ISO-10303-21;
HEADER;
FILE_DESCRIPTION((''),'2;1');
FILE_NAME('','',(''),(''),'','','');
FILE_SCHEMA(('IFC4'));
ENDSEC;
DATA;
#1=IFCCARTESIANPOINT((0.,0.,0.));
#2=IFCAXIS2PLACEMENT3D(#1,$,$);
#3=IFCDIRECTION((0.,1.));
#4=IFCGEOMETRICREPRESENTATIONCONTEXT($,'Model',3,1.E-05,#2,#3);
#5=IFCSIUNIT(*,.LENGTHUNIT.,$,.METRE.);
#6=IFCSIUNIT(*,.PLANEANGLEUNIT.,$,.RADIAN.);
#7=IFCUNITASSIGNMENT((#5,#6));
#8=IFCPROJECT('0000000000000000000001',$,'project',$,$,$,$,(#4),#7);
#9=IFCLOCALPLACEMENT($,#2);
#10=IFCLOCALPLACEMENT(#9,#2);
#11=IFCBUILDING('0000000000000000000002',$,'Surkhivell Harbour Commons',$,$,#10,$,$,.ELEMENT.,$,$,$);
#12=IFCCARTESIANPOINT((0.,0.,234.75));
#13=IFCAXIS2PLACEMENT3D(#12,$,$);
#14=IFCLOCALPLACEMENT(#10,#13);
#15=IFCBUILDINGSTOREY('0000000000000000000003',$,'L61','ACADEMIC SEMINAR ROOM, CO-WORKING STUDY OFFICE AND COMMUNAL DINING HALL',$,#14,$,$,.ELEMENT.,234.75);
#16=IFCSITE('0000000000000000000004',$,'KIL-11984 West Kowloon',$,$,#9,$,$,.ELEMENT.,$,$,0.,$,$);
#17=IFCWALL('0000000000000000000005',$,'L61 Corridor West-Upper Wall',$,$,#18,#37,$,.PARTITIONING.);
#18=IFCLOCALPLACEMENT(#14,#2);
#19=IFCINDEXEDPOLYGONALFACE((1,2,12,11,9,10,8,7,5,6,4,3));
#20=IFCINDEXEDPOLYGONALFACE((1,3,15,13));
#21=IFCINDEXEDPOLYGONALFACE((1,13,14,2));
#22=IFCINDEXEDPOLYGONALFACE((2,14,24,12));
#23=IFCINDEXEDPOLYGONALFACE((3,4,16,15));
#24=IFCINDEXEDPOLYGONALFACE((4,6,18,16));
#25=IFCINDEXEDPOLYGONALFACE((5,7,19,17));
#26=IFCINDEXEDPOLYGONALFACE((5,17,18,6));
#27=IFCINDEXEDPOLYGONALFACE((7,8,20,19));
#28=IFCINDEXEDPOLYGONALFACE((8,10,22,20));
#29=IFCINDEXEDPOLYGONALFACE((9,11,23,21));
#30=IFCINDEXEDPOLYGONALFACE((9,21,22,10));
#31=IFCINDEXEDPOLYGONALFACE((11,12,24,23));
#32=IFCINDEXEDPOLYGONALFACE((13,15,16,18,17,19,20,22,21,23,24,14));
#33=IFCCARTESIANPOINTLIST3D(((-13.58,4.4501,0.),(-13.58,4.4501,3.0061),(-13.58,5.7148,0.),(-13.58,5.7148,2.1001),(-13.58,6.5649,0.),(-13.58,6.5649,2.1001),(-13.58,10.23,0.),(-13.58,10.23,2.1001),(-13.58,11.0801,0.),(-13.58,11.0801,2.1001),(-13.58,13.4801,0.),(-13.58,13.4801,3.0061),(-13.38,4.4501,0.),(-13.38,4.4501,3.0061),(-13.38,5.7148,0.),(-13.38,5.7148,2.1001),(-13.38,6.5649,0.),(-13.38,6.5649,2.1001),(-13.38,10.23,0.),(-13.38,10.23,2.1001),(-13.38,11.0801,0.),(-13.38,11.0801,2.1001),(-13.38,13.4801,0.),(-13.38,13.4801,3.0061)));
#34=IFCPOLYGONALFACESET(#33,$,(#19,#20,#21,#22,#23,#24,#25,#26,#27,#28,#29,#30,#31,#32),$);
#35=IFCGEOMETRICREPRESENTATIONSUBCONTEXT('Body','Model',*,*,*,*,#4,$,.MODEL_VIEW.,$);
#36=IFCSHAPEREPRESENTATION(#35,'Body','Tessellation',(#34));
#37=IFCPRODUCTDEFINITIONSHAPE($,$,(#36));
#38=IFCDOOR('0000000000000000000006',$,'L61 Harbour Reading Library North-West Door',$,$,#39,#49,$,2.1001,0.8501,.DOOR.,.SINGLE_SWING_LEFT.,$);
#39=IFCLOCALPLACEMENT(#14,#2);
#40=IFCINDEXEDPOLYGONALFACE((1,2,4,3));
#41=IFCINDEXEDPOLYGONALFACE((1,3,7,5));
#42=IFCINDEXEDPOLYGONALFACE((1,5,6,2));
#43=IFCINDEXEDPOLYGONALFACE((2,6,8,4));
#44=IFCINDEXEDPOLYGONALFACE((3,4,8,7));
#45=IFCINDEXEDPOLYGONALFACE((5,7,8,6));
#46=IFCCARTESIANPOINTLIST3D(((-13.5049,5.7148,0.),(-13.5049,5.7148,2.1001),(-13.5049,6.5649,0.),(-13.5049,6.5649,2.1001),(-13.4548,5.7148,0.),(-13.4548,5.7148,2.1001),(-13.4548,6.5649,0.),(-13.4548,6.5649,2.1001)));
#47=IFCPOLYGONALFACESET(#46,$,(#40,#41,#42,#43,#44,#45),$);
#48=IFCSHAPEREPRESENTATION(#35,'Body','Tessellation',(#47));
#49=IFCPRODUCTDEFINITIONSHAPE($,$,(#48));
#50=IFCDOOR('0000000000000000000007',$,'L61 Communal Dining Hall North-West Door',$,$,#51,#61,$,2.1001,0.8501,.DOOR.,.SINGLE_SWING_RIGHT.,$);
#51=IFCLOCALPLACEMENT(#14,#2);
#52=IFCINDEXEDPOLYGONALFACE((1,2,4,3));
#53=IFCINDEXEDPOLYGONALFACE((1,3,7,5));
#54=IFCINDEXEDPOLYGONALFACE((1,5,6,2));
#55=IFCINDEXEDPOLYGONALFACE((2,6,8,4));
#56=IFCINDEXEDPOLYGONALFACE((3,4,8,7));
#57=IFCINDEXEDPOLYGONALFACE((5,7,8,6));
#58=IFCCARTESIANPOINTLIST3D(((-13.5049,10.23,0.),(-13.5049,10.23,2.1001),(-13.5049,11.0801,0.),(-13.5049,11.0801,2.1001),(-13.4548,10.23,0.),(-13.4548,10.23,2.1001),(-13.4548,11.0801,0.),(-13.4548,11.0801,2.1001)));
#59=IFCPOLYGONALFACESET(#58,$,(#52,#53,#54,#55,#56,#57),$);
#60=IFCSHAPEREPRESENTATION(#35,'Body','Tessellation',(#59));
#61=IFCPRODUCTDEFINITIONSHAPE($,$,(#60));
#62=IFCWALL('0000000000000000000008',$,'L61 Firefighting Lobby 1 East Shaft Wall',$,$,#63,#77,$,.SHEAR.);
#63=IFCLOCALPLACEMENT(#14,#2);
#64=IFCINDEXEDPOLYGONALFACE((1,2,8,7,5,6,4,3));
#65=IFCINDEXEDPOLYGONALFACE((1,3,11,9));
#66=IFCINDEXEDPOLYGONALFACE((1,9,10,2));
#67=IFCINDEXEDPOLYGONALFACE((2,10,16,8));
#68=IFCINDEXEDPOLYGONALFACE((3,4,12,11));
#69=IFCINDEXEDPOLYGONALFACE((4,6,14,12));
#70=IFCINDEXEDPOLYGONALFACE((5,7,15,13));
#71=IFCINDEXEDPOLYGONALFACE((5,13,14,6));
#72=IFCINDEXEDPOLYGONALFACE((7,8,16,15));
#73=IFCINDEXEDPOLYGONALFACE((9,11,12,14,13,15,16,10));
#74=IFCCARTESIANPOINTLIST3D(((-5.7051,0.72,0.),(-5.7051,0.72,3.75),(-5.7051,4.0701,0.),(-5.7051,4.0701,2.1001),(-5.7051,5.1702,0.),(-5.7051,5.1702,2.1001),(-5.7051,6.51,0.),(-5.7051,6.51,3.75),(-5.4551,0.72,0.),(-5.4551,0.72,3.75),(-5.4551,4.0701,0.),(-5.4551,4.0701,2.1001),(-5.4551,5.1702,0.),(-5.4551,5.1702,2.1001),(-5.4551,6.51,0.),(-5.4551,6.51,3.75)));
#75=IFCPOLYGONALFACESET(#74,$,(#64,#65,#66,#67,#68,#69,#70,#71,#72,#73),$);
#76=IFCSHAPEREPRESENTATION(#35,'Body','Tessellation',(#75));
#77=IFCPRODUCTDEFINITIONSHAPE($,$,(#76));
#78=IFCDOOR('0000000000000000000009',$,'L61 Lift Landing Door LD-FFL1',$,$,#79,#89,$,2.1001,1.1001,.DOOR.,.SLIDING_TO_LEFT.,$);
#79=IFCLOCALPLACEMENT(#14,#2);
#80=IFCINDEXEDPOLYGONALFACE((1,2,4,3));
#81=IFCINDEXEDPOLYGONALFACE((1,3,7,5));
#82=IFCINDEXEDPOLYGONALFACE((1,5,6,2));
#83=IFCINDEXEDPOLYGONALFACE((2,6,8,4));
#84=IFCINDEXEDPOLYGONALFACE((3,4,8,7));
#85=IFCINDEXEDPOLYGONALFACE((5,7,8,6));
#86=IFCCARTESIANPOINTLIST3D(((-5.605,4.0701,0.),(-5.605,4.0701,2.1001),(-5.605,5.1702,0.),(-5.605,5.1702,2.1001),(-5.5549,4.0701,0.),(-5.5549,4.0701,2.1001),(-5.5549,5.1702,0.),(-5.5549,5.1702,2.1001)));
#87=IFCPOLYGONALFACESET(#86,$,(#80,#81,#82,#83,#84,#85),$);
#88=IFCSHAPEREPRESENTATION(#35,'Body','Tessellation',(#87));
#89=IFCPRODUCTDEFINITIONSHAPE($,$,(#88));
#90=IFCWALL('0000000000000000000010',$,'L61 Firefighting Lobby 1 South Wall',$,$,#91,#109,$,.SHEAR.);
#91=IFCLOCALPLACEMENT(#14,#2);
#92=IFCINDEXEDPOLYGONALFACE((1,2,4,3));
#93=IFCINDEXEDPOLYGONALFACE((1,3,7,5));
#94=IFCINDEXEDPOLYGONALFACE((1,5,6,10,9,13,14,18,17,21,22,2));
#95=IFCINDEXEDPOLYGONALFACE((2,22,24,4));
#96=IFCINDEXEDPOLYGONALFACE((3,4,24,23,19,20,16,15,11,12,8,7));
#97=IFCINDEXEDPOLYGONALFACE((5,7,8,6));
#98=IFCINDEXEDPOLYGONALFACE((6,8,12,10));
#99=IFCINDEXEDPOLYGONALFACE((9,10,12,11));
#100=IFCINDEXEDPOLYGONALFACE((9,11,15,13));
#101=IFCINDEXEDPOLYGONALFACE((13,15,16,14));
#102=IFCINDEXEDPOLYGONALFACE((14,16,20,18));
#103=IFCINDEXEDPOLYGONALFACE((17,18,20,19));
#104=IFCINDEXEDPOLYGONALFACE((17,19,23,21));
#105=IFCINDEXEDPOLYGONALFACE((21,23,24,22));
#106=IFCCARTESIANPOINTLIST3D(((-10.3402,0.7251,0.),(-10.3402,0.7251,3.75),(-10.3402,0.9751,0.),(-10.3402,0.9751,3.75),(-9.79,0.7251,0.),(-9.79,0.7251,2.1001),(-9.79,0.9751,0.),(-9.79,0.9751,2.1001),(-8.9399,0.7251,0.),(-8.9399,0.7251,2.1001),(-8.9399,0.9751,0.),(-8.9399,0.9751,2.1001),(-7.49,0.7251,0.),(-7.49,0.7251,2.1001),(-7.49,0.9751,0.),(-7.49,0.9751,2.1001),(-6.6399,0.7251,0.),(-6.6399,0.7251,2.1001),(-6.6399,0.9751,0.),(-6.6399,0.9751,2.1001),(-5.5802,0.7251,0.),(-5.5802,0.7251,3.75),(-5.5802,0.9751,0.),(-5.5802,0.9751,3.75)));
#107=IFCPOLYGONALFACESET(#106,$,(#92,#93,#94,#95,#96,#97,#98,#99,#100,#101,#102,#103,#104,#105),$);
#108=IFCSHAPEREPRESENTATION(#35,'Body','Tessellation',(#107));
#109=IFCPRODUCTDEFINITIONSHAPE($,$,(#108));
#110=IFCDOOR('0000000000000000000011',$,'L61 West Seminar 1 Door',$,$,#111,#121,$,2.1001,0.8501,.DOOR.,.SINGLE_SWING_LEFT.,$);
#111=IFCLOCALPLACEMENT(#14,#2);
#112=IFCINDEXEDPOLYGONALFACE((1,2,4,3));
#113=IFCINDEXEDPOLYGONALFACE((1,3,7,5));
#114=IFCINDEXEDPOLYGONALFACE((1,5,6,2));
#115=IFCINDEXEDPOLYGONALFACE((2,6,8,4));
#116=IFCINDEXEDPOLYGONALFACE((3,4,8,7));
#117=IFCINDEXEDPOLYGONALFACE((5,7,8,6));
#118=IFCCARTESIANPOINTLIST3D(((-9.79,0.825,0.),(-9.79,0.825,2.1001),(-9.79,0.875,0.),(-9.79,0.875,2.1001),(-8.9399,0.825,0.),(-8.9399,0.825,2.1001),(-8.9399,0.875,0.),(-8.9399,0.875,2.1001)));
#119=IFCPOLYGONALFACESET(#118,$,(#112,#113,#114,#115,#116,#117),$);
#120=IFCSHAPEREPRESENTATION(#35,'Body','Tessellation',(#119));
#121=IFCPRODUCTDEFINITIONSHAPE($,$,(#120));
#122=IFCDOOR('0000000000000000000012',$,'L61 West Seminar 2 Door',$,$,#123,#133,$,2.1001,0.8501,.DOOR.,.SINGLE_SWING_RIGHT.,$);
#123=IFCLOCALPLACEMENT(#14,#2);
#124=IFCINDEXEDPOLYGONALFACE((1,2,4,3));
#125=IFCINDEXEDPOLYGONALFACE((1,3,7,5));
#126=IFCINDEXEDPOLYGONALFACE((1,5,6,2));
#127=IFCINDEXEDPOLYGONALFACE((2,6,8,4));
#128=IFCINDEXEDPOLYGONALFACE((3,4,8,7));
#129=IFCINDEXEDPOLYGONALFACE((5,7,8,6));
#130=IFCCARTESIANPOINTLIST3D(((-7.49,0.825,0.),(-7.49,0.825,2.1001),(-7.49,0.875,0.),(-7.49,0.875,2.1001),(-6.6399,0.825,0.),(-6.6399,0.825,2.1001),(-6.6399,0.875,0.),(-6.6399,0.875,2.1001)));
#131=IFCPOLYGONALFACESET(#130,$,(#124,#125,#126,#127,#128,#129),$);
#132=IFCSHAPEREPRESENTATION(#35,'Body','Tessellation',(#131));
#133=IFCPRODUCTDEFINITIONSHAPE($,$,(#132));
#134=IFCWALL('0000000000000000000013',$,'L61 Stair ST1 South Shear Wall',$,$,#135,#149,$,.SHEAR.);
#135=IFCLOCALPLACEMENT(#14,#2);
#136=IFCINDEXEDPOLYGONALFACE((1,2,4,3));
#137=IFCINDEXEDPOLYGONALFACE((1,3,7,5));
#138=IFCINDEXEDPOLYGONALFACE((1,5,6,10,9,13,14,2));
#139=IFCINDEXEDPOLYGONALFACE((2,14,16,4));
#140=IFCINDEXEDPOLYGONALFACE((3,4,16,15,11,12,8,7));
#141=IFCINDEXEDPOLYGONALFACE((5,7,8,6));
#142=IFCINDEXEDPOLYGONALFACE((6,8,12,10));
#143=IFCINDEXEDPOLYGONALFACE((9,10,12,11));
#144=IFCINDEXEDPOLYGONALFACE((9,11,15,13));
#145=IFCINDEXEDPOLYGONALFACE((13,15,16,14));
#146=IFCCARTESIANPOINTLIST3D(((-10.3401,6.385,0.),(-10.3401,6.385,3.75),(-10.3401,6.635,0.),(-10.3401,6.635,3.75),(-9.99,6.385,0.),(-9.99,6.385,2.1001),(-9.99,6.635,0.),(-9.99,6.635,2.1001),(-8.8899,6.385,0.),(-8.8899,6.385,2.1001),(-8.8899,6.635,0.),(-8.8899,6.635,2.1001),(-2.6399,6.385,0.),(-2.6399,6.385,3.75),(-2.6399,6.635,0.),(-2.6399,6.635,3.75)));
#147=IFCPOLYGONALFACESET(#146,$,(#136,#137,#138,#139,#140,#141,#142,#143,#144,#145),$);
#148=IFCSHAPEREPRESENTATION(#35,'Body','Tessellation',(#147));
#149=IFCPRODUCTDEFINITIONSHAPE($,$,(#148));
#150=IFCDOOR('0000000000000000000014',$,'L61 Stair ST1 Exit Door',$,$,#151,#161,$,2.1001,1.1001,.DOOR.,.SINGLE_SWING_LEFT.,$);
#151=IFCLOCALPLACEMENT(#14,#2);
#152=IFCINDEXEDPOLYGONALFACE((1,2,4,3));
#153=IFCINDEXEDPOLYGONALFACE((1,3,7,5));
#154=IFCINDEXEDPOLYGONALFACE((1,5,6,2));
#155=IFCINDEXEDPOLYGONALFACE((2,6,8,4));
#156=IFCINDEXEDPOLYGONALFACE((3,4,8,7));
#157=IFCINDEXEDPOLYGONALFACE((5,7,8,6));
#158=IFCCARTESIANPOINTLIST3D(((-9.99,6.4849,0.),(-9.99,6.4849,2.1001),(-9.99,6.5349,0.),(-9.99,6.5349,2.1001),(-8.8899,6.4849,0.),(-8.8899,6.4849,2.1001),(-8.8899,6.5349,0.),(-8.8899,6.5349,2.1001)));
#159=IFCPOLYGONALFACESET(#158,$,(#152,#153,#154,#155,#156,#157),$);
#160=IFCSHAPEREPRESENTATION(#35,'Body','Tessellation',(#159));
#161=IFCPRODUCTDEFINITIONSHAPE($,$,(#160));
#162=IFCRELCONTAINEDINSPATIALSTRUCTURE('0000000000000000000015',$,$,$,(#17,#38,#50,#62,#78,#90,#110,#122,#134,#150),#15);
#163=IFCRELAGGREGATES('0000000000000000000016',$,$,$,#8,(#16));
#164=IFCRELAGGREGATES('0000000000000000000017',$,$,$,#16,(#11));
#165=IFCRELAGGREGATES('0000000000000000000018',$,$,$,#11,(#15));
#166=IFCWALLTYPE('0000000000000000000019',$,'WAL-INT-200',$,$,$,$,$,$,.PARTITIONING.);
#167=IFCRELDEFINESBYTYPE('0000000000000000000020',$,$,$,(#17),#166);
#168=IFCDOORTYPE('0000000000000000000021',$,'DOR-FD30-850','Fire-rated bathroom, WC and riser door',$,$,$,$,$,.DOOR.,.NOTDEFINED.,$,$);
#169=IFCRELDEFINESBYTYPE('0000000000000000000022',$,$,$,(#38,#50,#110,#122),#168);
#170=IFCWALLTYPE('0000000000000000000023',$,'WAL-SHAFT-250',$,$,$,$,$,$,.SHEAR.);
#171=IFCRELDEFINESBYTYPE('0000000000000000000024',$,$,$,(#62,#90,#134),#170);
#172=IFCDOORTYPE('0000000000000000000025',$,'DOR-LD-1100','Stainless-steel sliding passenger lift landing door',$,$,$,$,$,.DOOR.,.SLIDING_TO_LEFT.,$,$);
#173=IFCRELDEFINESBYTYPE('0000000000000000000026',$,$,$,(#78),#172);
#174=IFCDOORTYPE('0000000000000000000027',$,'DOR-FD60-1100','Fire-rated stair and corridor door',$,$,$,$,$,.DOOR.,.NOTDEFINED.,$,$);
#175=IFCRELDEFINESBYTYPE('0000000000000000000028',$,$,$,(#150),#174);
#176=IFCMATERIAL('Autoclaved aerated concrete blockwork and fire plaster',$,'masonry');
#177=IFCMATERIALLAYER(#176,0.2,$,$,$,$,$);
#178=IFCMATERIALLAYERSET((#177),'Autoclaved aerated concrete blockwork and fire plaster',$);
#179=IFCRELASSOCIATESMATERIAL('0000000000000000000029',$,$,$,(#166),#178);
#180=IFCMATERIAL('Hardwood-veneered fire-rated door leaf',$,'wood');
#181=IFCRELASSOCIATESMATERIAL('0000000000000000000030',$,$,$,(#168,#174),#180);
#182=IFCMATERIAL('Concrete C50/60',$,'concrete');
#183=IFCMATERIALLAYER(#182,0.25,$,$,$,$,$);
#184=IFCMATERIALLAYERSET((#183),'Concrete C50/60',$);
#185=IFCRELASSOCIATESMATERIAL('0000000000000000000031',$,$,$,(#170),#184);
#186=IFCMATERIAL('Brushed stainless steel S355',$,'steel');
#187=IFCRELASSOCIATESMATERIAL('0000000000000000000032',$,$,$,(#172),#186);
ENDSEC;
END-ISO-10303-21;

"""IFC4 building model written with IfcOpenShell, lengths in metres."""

from ifc_helpers import new_model, si_unit, direction, frame, frame_2d, origin, place, context, subcontext, project, spatial, rectangle, extrude, material, layer, layer_set, type_object, element, fill, save


model = new_model("IFC4")

# Units and contexts
model_context = context("Model", 3, precision=1e-05, world=origin(), true_north=direction((0.0, 1.0)))
body_context = subcontext(model_context, "Body", "Model", "MODEL_VIEW")
ifc_project = project(units=[si_unit("LENGTHUNIT", "METRE"), si_unit("PLANEANGLEUNIT", "RADIAN")], contexts=[model_context])

# Site, building, storey
site_placement = place(None, origin())
site = spatial("IfcSite", under=ifc_project, at=site_placement, Name="KIL-11984 West Kowloon", CompositionType="ELEMENT", RefElevation=0.0)
building_placement = place(site_placement, origin())
building = spatial("IfcBuilding", under=site, at=building_placement, Name="Surkhivell Harbour Commons", CompositionType="ELEMENT")
storey_placement = place(building_placement, frame((0.0, 0.0, 234.75)))
storey = spatial("IfcBuildingStorey", under=building, at=storey_placement, Name="L61", Description="ACADEMIC SEMINAR ROOM, CO-WORKING STUDY OFFICE AND COMMUNAL DINING HALL", CompositionType="ELEMENT", Elevation=234.75)

# Shared definitions
ifc_material_1 = material(Name="Hardwood-veneered fire-rated door leaf", Category="wood")

# Wall, openings, doors
ifc_material_2 = material(Name="Autoclaved aerated concrete blockwork and fire plaster", Category="masonry")
ifc_layer_1 = layer(ifc_material_2, 0.2)
ifc_layer_set_1 = layer_set([ifc_layer_1], Name="Autoclaved aerated concrete blockwork and fire plaster")
wall_type_1 = type_object("IfcWallType", Name="WAL-INT-200", PredefinedType="PARTITIONING", material=ifc_layer_set_1)
wall_1_placement = place(storey_placement, frame((-13.48, 4.45, 0.0), z_axis=(0.0, 0.0, 1.0), x_axis=(0.0, 1.0, 0.0)))
wall_1 = element("IfcWall", 1, at=wall_1_placement, inside=storey, type_object=wall_type_1, Name="L61 Corridor West-Upper Wall", PredefinedType="PARTITIONING", context=body_context, shape_type="SweptSolid", body=[
    extrude(rectangle(XDim=9.03, YDim=0.2, at=frame_2d((4.5151, 0.0))), origin(), (0.0, 0.0, 1.0), 3.0061),
])
opening_1_placement = place(wall_1_placement, frame((1.2649, 0.0, 0.0)))
opening_1 = element("IfcOpeningElement", 2, at=opening_1_placement, cuts=wall_1, PredefinedType="OPENING", context=body_context, shape_type="SweptSolid", body=[
    extrude(rectangle(XDim=0.8501, YDim=2.1001, at=frame_2d((0.425, 1.05))), frame((0.0, 0.1099, 0.0), z_axis=(0.0, -1.0, 0.0), x_axis=(1.0, 0.0, 0.0)), (0.0, 0.0, 1.0), 0.22),
])
opening_2_placement = place(wall_1_placement, frame((5.78, 0.0, 0.0)))
opening_2 = element("IfcOpeningElement", 3, at=opening_2_placement, cuts=wall_1, PredefinedType="OPENING", context=body_context, shape_type="SweptSolid", body=[
    extrude(rectangle(XDim=0.8501, YDim=2.1001, at=frame_2d((0.425, 1.05))), frame((0.0, 0.1099, 0.0), z_axis=(0.0, -1.0, 0.0), x_axis=(1.0, 0.0, 0.0)), (0.0, 0.0, 1.0), 0.22),
])
door_type_1 = type_object("IfcDoorType", Name="DOR-FD30-850", Description="Fire-rated bathroom, WC and riser door", OperationType="NOTDEFINED", PredefinedType="DOOR", material=ifc_material_1)
door_1_placement = place(opening_1_placement, origin())
door_1 = element("IfcDoor", 4, at=door_1_placement, inside=storey, type_object=door_type_1, Name="L61 Harbour Reading Library North-West Door", OperationType="SINGLE_SWING_LEFT", OverallHeight=2.1001, OverallWidth=0.8501, PredefinedType="DOOR", context=body_context, shape_type="SweptSolid", body=[
    extrude(rectangle(XDim=0.8501, YDim=2.1001, at=frame_2d((0.425, 1.05))), frame((0.0, 0.0249, 0.0), z_axis=(0.0, -1.0, 0.0), x_axis=(1.0, 0.0, 0.0)), (0.0, 0.0, 1.0), 0.05),
])
fill(opening_1, door_1)
door_2_placement = place(opening_2_placement, origin())
door_2 = element("IfcDoor", 5, at=door_2_placement, inside=storey, type_object=door_type_1, Name="L61 Communal Dining Hall North-West Door", OperationType="SINGLE_SWING_RIGHT", OverallHeight=2.1001, OverallWidth=0.8501, PredefinedType="DOOR", context=body_context, shape_type="SweptSolid", body=[
    extrude(rectangle(XDim=0.8501, YDim=2.1001, at=frame_2d((0.425, 1.05))), frame((0.0, 0.0249, 0.0), z_axis=(0.0, -1.0, 0.0), x_axis=(1.0, 0.0, 0.0)), (0.0, 0.0, 1.0), 0.05),
])
fill(opening_2, door_2)

# Wall, opening, door
ifc_material_3 = material(Name="Concrete C50/60", Category="concrete")
ifc_layer_2 = layer(ifc_material_3, 0.25)
ifc_layer_set_2 = layer_set([ifc_layer_2], Name="Concrete C50/60")
wall_type_2 = type_object("IfcWallType", Name="WAL-SHAFT-250", PredefinedType="SHEAR", material=ifc_layer_set_2)
wall_2_placement = place(storey_placement, frame((-5.5801, 0.72, 0.0), z_axis=(0.0, 0.0, 1.0), x_axis=(0.0, 1.0, 0.0)))
wall_2 = element("IfcWall", 6, at=wall_2_placement, inside=storey, type_object=wall_type_2, Name="L61 Firefighting Lobby 1 East Shaft Wall", PredefinedType="SHEAR", context=body_context, shape_type="SweptSolid", body=[
    extrude(rectangle(XDim=5.79, YDim=0.25, at=frame_2d((2.895, 0.0))), origin(), (0.0, 0.0, 1.0), 3.75),
])
opening_3_placement = place(wall_2_placement, frame((3.3501, 0.0, 0.0)))
opening_3 = element("IfcOpeningElement", 7, at=opening_3_placement, cuts=wall_2, PredefinedType="OPENING", context=body_context, shape_type="SweptSolid", body=[
    extrude(rectangle(XDim=1.1001, YDim=2.1001, at=frame_2d((0.55, 1.05))), frame((0.0, 0.135, 0.0), z_axis=(0.0, -1.0, 0.0), x_axis=(1.0, 0.0, 0.0)), (0.0, 0.0, 1.0), 0.27),
])
ifc_material_4 = material(Name="Brushed stainless steel S355", Category="steel")
door_type_2 = type_object("IfcDoorType", Name="DOR-LD-1100", Description="Stainless-steel sliding passenger lift landing door", OperationType="SLIDING_TO_LEFT", PredefinedType="DOOR", material=ifc_material_4)
door_3_placement = place(opening_3_placement, origin())
door_3 = element("IfcDoor", 8, at=door_3_placement, inside=storey, type_object=door_type_2, Name="L61 Lift Landing Door LD-FFL1", OperationType="SLIDING_TO_LEFT", OverallHeight=2.1001, OverallWidth=1.1001, PredefinedType="DOOR", context=body_context, shape_type="SweptSolid", body=[
    extrude(rectangle(XDim=1.1001, YDim=2.1001, at=frame_2d((0.55, 1.05))), frame((0.0, 0.0249, 0.0), z_axis=(0.0, -1.0, 0.0), x_axis=(1.0, 0.0, 0.0)), (0.0, 0.0, 1.0), 0.05),
])
fill(opening_3, door_3)

# Wall, openings, doors
wall_3_placement = place(storey_placement, frame((-10.3401, 0.8501, 0.0), z_axis=(0.0, 0.0, 1.0), x_axis=(1.0, 0.0, 0.0)))
wall_3 = element("IfcWall", 9, at=wall_3_placement, inside=storey, type_object=wall_type_2, Name="L61 Firefighting Lobby 1 South Wall", PredefinedType="SHEAR", context=body_context, shape_type="SweptSolid", body=[
    extrude(rectangle(XDim=4.76, YDim=0.25, at=frame_2d((2.3799, 0.0))), origin(), (0.0, 0.0, 1.0), 3.75),
])
opening_4_placement = place(wall_3_placement, frame((0.55, 0.0, 0.0)))
opening_4 = element("IfcOpeningElement", 10, at=opening_4_placement, cuts=wall_3, PredefinedType="OPENING", context=body_context, shape_type="SweptSolid", body=[
    extrude(rectangle(XDim=0.8501, YDim=2.1001, at=frame_2d((0.425, 1.05))), frame((0.0, 0.135, 0.0), z_axis=(0.0, -1.0, 0.0), x_axis=(1.0, 0.0, 0.0)), (0.0, 0.0, 1.0), 0.27),
])
opening_5_placement = place(wall_3_placement, frame((2.8501, 0.0, 0.0)))
opening_5 = element("IfcOpeningElement", 11, at=opening_5_placement, cuts=wall_3, PredefinedType="OPENING", context=body_context, shape_type="SweptSolid", body=[
    extrude(rectangle(XDim=0.8501, YDim=2.1001, at=frame_2d((0.425, 1.05))), frame((0.0, 0.135, 0.0), z_axis=(0.0, -1.0, 0.0), x_axis=(1.0, 0.0, 0.0)), (0.0, 0.0, 1.0), 0.27),
])
door_4_placement = place(opening_4_placement, origin())
door_4 = element("IfcDoor", 12, at=door_4_placement, inside=storey, type_object=door_type_1, Name="L61 West Seminar 1 Door", OperationType="SINGLE_SWING_LEFT", OverallHeight=2.1001, OverallWidth=0.8501, PredefinedType="DOOR", context=body_context, shape_type="SweptSolid", body=[
    extrude(rectangle(XDim=0.8501, YDim=2.1001, at=frame_2d((0.425, 1.05))), frame((0.0, 0.0249, 0.0), z_axis=(0.0, -1.0, 0.0), x_axis=(1.0, 0.0, 0.0)), (0.0, 0.0, 1.0), 0.05),
])
fill(opening_4, door_4)
door_5_placement = place(opening_5_placement, origin())
door_5 = element("IfcDoor", 13, at=door_5_placement, inside=storey, type_object=door_type_1, Name="L61 West Seminar 2 Door", OperationType="SINGLE_SWING_RIGHT", OverallHeight=2.1001, OverallWidth=0.8501, PredefinedType="DOOR", context=body_context, shape_type="SweptSolid", body=[
    extrude(rectangle(XDim=0.8501, YDim=2.1001, at=frame_2d((0.425, 1.05))), frame((0.0, 0.0249, 0.0), z_axis=(0.0, -1.0, 0.0), x_axis=(1.0, 0.0, 0.0)), (0.0, 0.0, 1.0), 0.05),
])
fill(opening_5, door_5)

# Wall, opening, door
wall_4_placement = place(storey_placement, frame((-10.3401, 6.51, 0.0), z_axis=(0.0, 0.0, 1.0), x_axis=(1.0, 0.0, 0.0)))
wall_4 = element("IfcWall", 14, at=wall_4_placement, inside=storey, type_object=wall_type_2, Name="L61 Stair ST1 South Shear Wall", PredefinedType="SHEAR", context=body_context, shape_type="SweptSolid", body=[
    extrude(rectangle(XDim=7.7002, YDim=0.25, at=frame_2d((3.8501, 0.0))), origin(), (0.0, 0.0, 1.0), 3.75),
])
opening_6_placement = place(wall_4_placement, frame((0.3501, 0.0, 0.0)))
opening_6 = element("IfcOpeningElement", 15, at=opening_6_placement, cuts=wall_4, PredefinedType="OPENING", context=body_context, shape_type="SweptSolid", body=[
    extrude(rectangle(XDim=1.1001, YDim=2.1001, at=frame_2d((0.55, 1.05))), frame((0.0, 0.135, 0.0), z_axis=(0.0, -1.0, 0.0), x_axis=(1.0, 0.0, 0.0)), (0.0, 0.0, 1.0), 0.27),
])
door_type_3 = type_object("IfcDoorType", Name="DOR-FD60-1100", Description="Fire-rated stair and corridor door", OperationType="NOTDEFINED", PredefinedType="DOOR", material=ifc_material_1)
door_6_placement = place(opening_6_placement, origin())
door_6 = element("IfcDoor", 16, at=door_6_placement, inside=storey, type_object=door_type_3, Name="L61 Stair ST1 Exit Door", OperationType="SINGLE_SWING_LEFT", OverallHeight=2.1001, OverallWidth=1.1001, PredefinedType="DOOR", context=body_context, shape_type="SweptSolid", body=[
    extrude(rectangle(XDim=1.1001, YDim=2.1001, at=frame_2d((0.55, 1.05))), frame((0.0, 0.0249, 0.0), z_axis=(0.0, -1.0, 0.0), x_axis=(1.0, 0.0, 0.0)), (0.0, 0.0, 1.0), 0.05),
])
fill(opening_6, door_6)

save(model, "model.ifc")
